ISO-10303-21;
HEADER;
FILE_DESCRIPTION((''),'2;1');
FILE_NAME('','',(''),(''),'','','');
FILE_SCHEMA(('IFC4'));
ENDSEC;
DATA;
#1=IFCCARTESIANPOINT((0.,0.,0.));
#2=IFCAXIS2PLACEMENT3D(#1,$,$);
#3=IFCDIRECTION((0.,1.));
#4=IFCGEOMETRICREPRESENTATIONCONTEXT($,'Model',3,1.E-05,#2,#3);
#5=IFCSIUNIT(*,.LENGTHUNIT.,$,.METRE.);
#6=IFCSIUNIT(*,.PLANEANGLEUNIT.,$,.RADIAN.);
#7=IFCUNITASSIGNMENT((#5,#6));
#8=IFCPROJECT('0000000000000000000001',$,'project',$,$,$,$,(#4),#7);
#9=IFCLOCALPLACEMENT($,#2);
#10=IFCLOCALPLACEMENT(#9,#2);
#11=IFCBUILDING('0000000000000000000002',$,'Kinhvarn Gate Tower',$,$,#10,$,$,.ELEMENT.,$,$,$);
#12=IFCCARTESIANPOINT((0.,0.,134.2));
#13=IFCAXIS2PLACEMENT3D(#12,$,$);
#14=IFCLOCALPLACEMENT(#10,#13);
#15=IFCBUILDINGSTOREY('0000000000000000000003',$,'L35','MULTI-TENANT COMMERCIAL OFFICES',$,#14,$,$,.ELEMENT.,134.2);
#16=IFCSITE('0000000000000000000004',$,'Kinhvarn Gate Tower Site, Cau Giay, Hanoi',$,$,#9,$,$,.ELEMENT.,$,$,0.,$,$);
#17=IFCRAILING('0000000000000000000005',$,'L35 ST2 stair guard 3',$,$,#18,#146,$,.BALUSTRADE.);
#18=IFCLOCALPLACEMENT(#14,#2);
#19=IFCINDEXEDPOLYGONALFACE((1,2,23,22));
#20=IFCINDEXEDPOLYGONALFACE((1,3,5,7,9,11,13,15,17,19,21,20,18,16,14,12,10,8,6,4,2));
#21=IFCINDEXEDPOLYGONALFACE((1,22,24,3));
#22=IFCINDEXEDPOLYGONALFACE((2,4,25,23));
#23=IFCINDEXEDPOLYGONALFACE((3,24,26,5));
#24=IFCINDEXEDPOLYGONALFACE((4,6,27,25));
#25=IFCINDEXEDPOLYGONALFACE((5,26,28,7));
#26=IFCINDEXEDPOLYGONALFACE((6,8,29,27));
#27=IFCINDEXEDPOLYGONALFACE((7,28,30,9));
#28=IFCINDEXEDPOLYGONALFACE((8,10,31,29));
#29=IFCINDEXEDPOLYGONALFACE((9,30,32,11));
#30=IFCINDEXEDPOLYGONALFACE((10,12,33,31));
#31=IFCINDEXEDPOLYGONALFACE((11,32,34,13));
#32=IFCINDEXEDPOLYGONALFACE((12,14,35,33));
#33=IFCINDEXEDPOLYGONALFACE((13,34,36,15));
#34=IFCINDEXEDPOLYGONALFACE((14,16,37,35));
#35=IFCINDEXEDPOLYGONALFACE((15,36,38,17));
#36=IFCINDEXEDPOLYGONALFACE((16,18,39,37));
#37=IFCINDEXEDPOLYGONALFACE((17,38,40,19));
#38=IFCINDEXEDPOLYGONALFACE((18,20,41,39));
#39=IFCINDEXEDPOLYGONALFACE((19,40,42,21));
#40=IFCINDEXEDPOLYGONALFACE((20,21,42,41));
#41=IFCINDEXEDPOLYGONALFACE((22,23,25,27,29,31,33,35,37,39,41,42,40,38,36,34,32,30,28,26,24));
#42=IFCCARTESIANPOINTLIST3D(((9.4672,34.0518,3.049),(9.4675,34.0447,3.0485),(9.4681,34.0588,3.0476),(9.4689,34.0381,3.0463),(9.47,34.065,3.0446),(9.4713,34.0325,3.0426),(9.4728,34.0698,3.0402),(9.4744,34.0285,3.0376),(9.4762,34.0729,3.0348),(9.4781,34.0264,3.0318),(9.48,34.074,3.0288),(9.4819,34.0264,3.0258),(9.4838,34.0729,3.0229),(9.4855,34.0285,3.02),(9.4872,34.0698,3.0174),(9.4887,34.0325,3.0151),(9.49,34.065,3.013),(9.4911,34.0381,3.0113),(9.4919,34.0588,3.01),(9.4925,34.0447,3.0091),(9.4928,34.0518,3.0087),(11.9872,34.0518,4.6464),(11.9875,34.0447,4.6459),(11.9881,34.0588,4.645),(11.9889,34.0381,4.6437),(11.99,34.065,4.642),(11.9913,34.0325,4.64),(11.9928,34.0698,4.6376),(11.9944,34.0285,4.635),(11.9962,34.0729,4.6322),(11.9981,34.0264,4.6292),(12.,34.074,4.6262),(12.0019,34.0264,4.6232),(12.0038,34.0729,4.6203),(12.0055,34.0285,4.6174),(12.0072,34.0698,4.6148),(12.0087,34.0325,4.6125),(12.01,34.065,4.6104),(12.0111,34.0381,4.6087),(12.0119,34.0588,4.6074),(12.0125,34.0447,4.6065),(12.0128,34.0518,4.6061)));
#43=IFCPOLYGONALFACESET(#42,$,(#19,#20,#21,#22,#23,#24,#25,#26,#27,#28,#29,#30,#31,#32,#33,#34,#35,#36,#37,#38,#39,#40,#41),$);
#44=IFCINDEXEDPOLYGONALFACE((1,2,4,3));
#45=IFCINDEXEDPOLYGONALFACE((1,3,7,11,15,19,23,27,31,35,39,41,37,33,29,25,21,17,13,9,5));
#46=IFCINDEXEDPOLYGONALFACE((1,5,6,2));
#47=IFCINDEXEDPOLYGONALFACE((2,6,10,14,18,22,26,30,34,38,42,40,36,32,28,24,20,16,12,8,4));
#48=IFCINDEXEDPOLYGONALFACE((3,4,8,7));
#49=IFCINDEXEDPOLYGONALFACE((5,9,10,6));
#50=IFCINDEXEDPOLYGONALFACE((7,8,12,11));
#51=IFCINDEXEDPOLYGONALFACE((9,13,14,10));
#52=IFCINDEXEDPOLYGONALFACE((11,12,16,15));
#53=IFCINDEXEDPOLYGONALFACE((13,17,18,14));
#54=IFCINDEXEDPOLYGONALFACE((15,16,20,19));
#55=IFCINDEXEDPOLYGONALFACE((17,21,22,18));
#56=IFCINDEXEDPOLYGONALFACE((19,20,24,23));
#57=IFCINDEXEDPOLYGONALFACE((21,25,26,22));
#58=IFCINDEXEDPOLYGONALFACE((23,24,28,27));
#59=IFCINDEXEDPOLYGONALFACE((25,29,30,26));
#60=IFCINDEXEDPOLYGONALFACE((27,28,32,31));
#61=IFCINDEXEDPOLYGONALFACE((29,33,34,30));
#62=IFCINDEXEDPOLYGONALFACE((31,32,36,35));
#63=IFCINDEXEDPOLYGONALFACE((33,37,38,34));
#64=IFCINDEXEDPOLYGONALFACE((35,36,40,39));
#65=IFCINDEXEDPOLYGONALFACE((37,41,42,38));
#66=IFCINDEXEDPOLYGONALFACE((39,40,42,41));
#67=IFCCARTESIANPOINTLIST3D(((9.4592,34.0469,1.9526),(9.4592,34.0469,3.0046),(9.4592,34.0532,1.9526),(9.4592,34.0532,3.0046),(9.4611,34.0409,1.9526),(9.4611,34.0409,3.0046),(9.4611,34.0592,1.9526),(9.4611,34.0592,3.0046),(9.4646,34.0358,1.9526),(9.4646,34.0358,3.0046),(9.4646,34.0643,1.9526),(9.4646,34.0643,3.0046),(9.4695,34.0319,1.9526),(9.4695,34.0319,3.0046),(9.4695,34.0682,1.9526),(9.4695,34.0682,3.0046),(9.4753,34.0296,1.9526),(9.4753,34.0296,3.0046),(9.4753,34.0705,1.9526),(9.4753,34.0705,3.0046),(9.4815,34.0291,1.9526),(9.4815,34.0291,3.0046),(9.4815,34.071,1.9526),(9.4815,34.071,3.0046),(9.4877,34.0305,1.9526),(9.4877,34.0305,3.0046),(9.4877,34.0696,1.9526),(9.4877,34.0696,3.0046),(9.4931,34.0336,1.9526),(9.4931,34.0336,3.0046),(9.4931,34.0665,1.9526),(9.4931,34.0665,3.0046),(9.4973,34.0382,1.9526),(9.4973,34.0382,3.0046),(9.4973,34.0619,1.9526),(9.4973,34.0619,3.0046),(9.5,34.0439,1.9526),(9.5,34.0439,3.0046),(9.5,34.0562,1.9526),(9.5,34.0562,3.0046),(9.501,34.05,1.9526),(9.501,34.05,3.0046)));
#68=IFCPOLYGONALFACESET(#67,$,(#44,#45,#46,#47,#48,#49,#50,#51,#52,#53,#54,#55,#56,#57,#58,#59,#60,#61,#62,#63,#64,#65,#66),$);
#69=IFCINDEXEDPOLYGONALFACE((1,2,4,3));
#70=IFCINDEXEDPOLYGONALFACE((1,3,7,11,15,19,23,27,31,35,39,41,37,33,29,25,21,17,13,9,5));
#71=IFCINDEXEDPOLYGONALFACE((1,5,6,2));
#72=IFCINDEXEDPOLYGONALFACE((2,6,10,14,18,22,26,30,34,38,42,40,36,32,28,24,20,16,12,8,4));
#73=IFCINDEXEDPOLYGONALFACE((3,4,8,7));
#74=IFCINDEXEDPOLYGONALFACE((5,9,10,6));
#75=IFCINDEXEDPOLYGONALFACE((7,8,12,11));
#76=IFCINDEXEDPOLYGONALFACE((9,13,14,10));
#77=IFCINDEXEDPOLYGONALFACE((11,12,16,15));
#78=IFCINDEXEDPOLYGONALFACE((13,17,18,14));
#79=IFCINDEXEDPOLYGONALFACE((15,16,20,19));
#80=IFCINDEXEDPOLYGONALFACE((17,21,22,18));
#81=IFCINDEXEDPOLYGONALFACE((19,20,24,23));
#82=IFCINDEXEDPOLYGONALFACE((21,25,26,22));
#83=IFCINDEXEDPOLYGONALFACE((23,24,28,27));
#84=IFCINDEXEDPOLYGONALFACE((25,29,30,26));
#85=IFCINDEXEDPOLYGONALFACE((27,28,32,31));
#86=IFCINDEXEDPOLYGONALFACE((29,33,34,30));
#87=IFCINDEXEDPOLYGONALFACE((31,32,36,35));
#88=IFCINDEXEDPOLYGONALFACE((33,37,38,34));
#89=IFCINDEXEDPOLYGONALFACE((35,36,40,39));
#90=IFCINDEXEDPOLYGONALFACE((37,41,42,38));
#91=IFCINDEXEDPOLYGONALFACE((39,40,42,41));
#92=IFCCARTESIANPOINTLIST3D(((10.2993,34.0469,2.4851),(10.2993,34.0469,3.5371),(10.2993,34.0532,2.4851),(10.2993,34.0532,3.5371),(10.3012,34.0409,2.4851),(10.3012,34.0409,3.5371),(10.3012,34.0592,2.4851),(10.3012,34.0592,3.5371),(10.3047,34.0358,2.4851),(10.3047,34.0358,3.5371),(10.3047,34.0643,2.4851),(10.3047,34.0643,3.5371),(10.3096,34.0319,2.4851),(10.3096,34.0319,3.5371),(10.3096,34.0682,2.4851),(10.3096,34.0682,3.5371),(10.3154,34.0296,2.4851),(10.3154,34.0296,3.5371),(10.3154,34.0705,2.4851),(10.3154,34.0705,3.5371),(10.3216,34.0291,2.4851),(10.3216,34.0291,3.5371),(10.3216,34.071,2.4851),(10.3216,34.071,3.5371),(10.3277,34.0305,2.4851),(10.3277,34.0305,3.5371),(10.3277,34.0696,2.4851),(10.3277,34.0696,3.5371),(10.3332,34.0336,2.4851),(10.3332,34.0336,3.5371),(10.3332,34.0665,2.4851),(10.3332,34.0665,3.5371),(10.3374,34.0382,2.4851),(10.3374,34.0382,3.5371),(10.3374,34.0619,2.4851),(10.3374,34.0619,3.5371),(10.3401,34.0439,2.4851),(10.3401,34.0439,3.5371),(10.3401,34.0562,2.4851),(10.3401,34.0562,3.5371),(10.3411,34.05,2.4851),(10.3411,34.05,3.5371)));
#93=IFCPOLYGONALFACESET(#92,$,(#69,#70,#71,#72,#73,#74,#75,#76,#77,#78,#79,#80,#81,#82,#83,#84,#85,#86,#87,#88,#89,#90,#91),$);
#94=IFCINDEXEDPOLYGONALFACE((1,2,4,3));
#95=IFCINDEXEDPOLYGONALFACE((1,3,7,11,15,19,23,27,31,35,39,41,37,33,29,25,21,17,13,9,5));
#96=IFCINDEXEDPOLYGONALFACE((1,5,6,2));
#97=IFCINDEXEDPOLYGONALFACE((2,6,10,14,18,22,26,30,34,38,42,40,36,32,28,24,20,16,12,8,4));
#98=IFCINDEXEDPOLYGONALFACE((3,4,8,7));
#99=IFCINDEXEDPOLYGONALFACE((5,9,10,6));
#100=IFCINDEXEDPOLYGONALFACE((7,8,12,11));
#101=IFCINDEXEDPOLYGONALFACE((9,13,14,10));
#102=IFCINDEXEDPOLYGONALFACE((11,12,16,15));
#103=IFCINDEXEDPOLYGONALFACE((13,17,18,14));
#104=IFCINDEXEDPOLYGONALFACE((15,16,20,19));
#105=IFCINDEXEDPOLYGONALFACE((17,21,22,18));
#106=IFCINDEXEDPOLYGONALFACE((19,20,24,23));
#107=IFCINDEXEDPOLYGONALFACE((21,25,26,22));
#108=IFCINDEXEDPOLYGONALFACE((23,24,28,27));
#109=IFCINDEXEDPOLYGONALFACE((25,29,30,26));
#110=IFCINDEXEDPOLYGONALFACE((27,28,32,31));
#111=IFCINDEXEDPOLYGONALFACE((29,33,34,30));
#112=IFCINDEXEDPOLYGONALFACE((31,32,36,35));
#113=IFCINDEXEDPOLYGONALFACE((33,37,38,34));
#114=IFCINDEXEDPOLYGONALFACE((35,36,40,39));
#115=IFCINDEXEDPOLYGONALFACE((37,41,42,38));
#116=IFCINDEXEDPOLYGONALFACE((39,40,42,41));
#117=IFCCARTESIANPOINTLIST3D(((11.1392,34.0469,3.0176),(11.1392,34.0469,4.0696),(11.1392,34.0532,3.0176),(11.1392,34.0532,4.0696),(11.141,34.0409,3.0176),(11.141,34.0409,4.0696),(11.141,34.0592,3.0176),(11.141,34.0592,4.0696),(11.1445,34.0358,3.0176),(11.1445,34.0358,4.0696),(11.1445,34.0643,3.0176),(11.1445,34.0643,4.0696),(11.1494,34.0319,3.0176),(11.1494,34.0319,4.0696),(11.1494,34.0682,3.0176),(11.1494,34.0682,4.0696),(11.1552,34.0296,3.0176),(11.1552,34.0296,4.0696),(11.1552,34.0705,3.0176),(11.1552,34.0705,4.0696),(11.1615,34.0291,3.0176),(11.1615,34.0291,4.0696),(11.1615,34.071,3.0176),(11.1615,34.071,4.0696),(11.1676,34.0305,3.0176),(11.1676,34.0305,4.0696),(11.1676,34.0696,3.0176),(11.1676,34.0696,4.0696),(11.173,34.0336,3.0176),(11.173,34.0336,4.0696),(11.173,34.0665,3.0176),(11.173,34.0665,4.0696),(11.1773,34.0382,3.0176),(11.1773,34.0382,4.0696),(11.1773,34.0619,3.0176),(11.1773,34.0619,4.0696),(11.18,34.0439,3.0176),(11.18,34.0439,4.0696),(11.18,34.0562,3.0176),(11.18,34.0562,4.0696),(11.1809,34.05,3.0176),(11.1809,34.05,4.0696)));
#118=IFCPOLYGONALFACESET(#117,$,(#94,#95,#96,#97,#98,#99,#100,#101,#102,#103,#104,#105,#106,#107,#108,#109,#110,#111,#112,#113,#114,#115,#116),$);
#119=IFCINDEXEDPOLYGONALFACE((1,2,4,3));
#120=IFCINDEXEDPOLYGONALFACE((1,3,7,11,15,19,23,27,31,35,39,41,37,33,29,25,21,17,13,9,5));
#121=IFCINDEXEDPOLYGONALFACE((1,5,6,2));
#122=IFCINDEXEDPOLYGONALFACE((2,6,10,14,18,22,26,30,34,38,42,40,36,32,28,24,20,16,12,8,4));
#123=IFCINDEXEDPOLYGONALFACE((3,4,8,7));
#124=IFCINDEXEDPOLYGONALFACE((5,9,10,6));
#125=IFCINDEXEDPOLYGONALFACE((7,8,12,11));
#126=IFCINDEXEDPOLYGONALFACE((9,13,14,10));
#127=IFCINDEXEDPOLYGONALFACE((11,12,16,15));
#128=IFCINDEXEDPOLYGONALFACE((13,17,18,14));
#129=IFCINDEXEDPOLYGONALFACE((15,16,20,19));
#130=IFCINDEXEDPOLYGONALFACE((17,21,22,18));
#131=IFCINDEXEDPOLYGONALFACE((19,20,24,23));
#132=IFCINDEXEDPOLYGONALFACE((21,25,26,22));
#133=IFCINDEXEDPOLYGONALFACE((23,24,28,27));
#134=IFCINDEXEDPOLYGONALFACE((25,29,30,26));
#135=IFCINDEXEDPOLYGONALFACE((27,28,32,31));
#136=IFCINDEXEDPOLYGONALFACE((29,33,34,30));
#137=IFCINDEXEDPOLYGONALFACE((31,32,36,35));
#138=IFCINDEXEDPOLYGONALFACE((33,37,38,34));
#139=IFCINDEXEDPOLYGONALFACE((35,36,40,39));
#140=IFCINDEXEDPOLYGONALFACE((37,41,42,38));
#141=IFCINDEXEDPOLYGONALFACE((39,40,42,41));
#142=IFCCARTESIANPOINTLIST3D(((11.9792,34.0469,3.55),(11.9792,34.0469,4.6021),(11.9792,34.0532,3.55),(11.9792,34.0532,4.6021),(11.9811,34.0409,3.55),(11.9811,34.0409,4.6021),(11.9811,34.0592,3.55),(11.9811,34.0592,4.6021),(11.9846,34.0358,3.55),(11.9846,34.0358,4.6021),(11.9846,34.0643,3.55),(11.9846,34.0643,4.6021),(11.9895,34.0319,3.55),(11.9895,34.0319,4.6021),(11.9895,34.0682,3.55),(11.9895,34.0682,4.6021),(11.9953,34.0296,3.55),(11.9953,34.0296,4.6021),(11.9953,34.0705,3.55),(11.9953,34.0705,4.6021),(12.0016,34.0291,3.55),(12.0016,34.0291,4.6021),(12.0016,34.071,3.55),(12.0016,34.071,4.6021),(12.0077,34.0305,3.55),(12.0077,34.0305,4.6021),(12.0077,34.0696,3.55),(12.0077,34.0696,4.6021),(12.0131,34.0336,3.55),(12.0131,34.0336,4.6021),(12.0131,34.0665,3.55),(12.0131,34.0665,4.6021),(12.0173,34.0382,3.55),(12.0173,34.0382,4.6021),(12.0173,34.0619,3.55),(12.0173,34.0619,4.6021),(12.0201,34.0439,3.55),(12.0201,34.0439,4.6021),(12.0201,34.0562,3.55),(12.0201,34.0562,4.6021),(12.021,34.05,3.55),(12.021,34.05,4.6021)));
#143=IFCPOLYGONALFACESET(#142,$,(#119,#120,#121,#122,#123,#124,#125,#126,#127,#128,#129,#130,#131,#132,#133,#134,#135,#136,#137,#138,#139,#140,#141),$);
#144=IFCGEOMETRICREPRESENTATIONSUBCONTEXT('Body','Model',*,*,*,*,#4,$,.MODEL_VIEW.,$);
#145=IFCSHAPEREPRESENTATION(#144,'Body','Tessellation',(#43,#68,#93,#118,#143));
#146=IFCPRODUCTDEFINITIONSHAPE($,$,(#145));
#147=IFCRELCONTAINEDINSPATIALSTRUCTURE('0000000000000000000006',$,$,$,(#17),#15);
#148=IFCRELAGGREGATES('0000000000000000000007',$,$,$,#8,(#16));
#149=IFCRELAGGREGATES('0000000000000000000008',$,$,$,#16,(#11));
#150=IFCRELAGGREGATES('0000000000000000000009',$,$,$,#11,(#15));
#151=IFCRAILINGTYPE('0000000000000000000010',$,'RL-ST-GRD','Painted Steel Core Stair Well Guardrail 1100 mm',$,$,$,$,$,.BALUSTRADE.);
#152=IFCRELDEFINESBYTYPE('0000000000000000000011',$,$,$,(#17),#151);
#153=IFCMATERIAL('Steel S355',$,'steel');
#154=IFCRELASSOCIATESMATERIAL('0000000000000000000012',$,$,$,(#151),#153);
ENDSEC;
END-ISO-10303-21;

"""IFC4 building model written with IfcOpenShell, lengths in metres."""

from ifc_helpers import new_model, si_unit, direction, frame, origin, origin_2d, place, context, subcontext, project, spatial, circle, extrude, material, type_object, element, save


model = new_model("IFC4")

# Units and contexts
model_context = context("Model", 3, precision=1e-05, world=origin(), true_north=direction((0.0, 1.0)))
body_context = subcontext(model_context, "Body", "Model", "MODEL_VIEW")
ifc_project = project(units=[si_unit("LENGTHUNIT", "METRE"), si_unit("PLANEANGLEUNIT", "RADIAN")], contexts=[model_context])

# Site, building, storey
site_placement = place(None, origin())
site = spatial("IfcSite", under=ifc_project, at=site_placement, Name="Kinhvarn Gate Tower Site, Cau Giay, Hanoi", CompositionType="ELEMENT", RefElevation=0.0)
building_placement = place(site_placement, origin())
building = spatial("IfcBuilding", under=site, at=building_placement, Name="Kinhvarn Gate Tower", CompositionType="ELEMENT")
storey_placement = place(building_placement, frame((0.0, 0.0, 134.2)))
storey = spatial("IfcBuildingStorey", under=building, at=storey_placement, Name="L35", Description="MULTI-TENANT COMMERCIAL OFFICES", CompositionType="ELEMENT", Elevation=134.2)

# Shared definitions
ifc_material_1 = material(Name="Steel S355", Category="steel")

# Railing
railing_type_1 = type_object("IfcRailingType", Name="RL-ST-GRD", Description="Painted Steel Core Stair Well Guardrail 1100 mm", PredefinedType="BALUSTRADE", material=ifc_material_1)
railing_1_placement = place(storey_placement, frame((9.48, 34.05, 1.9526)))
element("IfcRailing", 1, at=railing_1_placement, inside=storey, type_object=railing_type_1, Name="L35 ST2 stair guard 3", PredefinedType="BALUSTRADE", context=body_context, shape_type="SweptSolid", body=[
    extrude(circle(Radius=0.0239, at=origin_2d()), frame((0.0, 0.0, 1.0762), z_axis=(0.844607, 0.0, 0.535387), x_axis=(0.0, 1.0, 0.0)), (0.0, 0.0, 1.0), 2.9836),
    extrude(circle(Radius=0.021, at=origin_2d()), origin(), (0.0, 0.0, 1.0), 1.052),
    extrude(circle(Radius=0.021, at=origin_2d()), frame((0.8401, 0.0, 0.5325)), (0.0, 0.0, 1.0), 1.052),
    extrude(circle(Radius=0.021, at=origin_2d()), frame((1.6799, 0.0, 1.0649)), (0.0, 0.0, 1.0), 1.052),
    extrude(circle(Radius=0.021, at=origin_2d()), frame((2.52, 0.0, 1.5974)), (0.0, 0.0, 1.0), 1.052),
])

save(model, "model.ifc")
